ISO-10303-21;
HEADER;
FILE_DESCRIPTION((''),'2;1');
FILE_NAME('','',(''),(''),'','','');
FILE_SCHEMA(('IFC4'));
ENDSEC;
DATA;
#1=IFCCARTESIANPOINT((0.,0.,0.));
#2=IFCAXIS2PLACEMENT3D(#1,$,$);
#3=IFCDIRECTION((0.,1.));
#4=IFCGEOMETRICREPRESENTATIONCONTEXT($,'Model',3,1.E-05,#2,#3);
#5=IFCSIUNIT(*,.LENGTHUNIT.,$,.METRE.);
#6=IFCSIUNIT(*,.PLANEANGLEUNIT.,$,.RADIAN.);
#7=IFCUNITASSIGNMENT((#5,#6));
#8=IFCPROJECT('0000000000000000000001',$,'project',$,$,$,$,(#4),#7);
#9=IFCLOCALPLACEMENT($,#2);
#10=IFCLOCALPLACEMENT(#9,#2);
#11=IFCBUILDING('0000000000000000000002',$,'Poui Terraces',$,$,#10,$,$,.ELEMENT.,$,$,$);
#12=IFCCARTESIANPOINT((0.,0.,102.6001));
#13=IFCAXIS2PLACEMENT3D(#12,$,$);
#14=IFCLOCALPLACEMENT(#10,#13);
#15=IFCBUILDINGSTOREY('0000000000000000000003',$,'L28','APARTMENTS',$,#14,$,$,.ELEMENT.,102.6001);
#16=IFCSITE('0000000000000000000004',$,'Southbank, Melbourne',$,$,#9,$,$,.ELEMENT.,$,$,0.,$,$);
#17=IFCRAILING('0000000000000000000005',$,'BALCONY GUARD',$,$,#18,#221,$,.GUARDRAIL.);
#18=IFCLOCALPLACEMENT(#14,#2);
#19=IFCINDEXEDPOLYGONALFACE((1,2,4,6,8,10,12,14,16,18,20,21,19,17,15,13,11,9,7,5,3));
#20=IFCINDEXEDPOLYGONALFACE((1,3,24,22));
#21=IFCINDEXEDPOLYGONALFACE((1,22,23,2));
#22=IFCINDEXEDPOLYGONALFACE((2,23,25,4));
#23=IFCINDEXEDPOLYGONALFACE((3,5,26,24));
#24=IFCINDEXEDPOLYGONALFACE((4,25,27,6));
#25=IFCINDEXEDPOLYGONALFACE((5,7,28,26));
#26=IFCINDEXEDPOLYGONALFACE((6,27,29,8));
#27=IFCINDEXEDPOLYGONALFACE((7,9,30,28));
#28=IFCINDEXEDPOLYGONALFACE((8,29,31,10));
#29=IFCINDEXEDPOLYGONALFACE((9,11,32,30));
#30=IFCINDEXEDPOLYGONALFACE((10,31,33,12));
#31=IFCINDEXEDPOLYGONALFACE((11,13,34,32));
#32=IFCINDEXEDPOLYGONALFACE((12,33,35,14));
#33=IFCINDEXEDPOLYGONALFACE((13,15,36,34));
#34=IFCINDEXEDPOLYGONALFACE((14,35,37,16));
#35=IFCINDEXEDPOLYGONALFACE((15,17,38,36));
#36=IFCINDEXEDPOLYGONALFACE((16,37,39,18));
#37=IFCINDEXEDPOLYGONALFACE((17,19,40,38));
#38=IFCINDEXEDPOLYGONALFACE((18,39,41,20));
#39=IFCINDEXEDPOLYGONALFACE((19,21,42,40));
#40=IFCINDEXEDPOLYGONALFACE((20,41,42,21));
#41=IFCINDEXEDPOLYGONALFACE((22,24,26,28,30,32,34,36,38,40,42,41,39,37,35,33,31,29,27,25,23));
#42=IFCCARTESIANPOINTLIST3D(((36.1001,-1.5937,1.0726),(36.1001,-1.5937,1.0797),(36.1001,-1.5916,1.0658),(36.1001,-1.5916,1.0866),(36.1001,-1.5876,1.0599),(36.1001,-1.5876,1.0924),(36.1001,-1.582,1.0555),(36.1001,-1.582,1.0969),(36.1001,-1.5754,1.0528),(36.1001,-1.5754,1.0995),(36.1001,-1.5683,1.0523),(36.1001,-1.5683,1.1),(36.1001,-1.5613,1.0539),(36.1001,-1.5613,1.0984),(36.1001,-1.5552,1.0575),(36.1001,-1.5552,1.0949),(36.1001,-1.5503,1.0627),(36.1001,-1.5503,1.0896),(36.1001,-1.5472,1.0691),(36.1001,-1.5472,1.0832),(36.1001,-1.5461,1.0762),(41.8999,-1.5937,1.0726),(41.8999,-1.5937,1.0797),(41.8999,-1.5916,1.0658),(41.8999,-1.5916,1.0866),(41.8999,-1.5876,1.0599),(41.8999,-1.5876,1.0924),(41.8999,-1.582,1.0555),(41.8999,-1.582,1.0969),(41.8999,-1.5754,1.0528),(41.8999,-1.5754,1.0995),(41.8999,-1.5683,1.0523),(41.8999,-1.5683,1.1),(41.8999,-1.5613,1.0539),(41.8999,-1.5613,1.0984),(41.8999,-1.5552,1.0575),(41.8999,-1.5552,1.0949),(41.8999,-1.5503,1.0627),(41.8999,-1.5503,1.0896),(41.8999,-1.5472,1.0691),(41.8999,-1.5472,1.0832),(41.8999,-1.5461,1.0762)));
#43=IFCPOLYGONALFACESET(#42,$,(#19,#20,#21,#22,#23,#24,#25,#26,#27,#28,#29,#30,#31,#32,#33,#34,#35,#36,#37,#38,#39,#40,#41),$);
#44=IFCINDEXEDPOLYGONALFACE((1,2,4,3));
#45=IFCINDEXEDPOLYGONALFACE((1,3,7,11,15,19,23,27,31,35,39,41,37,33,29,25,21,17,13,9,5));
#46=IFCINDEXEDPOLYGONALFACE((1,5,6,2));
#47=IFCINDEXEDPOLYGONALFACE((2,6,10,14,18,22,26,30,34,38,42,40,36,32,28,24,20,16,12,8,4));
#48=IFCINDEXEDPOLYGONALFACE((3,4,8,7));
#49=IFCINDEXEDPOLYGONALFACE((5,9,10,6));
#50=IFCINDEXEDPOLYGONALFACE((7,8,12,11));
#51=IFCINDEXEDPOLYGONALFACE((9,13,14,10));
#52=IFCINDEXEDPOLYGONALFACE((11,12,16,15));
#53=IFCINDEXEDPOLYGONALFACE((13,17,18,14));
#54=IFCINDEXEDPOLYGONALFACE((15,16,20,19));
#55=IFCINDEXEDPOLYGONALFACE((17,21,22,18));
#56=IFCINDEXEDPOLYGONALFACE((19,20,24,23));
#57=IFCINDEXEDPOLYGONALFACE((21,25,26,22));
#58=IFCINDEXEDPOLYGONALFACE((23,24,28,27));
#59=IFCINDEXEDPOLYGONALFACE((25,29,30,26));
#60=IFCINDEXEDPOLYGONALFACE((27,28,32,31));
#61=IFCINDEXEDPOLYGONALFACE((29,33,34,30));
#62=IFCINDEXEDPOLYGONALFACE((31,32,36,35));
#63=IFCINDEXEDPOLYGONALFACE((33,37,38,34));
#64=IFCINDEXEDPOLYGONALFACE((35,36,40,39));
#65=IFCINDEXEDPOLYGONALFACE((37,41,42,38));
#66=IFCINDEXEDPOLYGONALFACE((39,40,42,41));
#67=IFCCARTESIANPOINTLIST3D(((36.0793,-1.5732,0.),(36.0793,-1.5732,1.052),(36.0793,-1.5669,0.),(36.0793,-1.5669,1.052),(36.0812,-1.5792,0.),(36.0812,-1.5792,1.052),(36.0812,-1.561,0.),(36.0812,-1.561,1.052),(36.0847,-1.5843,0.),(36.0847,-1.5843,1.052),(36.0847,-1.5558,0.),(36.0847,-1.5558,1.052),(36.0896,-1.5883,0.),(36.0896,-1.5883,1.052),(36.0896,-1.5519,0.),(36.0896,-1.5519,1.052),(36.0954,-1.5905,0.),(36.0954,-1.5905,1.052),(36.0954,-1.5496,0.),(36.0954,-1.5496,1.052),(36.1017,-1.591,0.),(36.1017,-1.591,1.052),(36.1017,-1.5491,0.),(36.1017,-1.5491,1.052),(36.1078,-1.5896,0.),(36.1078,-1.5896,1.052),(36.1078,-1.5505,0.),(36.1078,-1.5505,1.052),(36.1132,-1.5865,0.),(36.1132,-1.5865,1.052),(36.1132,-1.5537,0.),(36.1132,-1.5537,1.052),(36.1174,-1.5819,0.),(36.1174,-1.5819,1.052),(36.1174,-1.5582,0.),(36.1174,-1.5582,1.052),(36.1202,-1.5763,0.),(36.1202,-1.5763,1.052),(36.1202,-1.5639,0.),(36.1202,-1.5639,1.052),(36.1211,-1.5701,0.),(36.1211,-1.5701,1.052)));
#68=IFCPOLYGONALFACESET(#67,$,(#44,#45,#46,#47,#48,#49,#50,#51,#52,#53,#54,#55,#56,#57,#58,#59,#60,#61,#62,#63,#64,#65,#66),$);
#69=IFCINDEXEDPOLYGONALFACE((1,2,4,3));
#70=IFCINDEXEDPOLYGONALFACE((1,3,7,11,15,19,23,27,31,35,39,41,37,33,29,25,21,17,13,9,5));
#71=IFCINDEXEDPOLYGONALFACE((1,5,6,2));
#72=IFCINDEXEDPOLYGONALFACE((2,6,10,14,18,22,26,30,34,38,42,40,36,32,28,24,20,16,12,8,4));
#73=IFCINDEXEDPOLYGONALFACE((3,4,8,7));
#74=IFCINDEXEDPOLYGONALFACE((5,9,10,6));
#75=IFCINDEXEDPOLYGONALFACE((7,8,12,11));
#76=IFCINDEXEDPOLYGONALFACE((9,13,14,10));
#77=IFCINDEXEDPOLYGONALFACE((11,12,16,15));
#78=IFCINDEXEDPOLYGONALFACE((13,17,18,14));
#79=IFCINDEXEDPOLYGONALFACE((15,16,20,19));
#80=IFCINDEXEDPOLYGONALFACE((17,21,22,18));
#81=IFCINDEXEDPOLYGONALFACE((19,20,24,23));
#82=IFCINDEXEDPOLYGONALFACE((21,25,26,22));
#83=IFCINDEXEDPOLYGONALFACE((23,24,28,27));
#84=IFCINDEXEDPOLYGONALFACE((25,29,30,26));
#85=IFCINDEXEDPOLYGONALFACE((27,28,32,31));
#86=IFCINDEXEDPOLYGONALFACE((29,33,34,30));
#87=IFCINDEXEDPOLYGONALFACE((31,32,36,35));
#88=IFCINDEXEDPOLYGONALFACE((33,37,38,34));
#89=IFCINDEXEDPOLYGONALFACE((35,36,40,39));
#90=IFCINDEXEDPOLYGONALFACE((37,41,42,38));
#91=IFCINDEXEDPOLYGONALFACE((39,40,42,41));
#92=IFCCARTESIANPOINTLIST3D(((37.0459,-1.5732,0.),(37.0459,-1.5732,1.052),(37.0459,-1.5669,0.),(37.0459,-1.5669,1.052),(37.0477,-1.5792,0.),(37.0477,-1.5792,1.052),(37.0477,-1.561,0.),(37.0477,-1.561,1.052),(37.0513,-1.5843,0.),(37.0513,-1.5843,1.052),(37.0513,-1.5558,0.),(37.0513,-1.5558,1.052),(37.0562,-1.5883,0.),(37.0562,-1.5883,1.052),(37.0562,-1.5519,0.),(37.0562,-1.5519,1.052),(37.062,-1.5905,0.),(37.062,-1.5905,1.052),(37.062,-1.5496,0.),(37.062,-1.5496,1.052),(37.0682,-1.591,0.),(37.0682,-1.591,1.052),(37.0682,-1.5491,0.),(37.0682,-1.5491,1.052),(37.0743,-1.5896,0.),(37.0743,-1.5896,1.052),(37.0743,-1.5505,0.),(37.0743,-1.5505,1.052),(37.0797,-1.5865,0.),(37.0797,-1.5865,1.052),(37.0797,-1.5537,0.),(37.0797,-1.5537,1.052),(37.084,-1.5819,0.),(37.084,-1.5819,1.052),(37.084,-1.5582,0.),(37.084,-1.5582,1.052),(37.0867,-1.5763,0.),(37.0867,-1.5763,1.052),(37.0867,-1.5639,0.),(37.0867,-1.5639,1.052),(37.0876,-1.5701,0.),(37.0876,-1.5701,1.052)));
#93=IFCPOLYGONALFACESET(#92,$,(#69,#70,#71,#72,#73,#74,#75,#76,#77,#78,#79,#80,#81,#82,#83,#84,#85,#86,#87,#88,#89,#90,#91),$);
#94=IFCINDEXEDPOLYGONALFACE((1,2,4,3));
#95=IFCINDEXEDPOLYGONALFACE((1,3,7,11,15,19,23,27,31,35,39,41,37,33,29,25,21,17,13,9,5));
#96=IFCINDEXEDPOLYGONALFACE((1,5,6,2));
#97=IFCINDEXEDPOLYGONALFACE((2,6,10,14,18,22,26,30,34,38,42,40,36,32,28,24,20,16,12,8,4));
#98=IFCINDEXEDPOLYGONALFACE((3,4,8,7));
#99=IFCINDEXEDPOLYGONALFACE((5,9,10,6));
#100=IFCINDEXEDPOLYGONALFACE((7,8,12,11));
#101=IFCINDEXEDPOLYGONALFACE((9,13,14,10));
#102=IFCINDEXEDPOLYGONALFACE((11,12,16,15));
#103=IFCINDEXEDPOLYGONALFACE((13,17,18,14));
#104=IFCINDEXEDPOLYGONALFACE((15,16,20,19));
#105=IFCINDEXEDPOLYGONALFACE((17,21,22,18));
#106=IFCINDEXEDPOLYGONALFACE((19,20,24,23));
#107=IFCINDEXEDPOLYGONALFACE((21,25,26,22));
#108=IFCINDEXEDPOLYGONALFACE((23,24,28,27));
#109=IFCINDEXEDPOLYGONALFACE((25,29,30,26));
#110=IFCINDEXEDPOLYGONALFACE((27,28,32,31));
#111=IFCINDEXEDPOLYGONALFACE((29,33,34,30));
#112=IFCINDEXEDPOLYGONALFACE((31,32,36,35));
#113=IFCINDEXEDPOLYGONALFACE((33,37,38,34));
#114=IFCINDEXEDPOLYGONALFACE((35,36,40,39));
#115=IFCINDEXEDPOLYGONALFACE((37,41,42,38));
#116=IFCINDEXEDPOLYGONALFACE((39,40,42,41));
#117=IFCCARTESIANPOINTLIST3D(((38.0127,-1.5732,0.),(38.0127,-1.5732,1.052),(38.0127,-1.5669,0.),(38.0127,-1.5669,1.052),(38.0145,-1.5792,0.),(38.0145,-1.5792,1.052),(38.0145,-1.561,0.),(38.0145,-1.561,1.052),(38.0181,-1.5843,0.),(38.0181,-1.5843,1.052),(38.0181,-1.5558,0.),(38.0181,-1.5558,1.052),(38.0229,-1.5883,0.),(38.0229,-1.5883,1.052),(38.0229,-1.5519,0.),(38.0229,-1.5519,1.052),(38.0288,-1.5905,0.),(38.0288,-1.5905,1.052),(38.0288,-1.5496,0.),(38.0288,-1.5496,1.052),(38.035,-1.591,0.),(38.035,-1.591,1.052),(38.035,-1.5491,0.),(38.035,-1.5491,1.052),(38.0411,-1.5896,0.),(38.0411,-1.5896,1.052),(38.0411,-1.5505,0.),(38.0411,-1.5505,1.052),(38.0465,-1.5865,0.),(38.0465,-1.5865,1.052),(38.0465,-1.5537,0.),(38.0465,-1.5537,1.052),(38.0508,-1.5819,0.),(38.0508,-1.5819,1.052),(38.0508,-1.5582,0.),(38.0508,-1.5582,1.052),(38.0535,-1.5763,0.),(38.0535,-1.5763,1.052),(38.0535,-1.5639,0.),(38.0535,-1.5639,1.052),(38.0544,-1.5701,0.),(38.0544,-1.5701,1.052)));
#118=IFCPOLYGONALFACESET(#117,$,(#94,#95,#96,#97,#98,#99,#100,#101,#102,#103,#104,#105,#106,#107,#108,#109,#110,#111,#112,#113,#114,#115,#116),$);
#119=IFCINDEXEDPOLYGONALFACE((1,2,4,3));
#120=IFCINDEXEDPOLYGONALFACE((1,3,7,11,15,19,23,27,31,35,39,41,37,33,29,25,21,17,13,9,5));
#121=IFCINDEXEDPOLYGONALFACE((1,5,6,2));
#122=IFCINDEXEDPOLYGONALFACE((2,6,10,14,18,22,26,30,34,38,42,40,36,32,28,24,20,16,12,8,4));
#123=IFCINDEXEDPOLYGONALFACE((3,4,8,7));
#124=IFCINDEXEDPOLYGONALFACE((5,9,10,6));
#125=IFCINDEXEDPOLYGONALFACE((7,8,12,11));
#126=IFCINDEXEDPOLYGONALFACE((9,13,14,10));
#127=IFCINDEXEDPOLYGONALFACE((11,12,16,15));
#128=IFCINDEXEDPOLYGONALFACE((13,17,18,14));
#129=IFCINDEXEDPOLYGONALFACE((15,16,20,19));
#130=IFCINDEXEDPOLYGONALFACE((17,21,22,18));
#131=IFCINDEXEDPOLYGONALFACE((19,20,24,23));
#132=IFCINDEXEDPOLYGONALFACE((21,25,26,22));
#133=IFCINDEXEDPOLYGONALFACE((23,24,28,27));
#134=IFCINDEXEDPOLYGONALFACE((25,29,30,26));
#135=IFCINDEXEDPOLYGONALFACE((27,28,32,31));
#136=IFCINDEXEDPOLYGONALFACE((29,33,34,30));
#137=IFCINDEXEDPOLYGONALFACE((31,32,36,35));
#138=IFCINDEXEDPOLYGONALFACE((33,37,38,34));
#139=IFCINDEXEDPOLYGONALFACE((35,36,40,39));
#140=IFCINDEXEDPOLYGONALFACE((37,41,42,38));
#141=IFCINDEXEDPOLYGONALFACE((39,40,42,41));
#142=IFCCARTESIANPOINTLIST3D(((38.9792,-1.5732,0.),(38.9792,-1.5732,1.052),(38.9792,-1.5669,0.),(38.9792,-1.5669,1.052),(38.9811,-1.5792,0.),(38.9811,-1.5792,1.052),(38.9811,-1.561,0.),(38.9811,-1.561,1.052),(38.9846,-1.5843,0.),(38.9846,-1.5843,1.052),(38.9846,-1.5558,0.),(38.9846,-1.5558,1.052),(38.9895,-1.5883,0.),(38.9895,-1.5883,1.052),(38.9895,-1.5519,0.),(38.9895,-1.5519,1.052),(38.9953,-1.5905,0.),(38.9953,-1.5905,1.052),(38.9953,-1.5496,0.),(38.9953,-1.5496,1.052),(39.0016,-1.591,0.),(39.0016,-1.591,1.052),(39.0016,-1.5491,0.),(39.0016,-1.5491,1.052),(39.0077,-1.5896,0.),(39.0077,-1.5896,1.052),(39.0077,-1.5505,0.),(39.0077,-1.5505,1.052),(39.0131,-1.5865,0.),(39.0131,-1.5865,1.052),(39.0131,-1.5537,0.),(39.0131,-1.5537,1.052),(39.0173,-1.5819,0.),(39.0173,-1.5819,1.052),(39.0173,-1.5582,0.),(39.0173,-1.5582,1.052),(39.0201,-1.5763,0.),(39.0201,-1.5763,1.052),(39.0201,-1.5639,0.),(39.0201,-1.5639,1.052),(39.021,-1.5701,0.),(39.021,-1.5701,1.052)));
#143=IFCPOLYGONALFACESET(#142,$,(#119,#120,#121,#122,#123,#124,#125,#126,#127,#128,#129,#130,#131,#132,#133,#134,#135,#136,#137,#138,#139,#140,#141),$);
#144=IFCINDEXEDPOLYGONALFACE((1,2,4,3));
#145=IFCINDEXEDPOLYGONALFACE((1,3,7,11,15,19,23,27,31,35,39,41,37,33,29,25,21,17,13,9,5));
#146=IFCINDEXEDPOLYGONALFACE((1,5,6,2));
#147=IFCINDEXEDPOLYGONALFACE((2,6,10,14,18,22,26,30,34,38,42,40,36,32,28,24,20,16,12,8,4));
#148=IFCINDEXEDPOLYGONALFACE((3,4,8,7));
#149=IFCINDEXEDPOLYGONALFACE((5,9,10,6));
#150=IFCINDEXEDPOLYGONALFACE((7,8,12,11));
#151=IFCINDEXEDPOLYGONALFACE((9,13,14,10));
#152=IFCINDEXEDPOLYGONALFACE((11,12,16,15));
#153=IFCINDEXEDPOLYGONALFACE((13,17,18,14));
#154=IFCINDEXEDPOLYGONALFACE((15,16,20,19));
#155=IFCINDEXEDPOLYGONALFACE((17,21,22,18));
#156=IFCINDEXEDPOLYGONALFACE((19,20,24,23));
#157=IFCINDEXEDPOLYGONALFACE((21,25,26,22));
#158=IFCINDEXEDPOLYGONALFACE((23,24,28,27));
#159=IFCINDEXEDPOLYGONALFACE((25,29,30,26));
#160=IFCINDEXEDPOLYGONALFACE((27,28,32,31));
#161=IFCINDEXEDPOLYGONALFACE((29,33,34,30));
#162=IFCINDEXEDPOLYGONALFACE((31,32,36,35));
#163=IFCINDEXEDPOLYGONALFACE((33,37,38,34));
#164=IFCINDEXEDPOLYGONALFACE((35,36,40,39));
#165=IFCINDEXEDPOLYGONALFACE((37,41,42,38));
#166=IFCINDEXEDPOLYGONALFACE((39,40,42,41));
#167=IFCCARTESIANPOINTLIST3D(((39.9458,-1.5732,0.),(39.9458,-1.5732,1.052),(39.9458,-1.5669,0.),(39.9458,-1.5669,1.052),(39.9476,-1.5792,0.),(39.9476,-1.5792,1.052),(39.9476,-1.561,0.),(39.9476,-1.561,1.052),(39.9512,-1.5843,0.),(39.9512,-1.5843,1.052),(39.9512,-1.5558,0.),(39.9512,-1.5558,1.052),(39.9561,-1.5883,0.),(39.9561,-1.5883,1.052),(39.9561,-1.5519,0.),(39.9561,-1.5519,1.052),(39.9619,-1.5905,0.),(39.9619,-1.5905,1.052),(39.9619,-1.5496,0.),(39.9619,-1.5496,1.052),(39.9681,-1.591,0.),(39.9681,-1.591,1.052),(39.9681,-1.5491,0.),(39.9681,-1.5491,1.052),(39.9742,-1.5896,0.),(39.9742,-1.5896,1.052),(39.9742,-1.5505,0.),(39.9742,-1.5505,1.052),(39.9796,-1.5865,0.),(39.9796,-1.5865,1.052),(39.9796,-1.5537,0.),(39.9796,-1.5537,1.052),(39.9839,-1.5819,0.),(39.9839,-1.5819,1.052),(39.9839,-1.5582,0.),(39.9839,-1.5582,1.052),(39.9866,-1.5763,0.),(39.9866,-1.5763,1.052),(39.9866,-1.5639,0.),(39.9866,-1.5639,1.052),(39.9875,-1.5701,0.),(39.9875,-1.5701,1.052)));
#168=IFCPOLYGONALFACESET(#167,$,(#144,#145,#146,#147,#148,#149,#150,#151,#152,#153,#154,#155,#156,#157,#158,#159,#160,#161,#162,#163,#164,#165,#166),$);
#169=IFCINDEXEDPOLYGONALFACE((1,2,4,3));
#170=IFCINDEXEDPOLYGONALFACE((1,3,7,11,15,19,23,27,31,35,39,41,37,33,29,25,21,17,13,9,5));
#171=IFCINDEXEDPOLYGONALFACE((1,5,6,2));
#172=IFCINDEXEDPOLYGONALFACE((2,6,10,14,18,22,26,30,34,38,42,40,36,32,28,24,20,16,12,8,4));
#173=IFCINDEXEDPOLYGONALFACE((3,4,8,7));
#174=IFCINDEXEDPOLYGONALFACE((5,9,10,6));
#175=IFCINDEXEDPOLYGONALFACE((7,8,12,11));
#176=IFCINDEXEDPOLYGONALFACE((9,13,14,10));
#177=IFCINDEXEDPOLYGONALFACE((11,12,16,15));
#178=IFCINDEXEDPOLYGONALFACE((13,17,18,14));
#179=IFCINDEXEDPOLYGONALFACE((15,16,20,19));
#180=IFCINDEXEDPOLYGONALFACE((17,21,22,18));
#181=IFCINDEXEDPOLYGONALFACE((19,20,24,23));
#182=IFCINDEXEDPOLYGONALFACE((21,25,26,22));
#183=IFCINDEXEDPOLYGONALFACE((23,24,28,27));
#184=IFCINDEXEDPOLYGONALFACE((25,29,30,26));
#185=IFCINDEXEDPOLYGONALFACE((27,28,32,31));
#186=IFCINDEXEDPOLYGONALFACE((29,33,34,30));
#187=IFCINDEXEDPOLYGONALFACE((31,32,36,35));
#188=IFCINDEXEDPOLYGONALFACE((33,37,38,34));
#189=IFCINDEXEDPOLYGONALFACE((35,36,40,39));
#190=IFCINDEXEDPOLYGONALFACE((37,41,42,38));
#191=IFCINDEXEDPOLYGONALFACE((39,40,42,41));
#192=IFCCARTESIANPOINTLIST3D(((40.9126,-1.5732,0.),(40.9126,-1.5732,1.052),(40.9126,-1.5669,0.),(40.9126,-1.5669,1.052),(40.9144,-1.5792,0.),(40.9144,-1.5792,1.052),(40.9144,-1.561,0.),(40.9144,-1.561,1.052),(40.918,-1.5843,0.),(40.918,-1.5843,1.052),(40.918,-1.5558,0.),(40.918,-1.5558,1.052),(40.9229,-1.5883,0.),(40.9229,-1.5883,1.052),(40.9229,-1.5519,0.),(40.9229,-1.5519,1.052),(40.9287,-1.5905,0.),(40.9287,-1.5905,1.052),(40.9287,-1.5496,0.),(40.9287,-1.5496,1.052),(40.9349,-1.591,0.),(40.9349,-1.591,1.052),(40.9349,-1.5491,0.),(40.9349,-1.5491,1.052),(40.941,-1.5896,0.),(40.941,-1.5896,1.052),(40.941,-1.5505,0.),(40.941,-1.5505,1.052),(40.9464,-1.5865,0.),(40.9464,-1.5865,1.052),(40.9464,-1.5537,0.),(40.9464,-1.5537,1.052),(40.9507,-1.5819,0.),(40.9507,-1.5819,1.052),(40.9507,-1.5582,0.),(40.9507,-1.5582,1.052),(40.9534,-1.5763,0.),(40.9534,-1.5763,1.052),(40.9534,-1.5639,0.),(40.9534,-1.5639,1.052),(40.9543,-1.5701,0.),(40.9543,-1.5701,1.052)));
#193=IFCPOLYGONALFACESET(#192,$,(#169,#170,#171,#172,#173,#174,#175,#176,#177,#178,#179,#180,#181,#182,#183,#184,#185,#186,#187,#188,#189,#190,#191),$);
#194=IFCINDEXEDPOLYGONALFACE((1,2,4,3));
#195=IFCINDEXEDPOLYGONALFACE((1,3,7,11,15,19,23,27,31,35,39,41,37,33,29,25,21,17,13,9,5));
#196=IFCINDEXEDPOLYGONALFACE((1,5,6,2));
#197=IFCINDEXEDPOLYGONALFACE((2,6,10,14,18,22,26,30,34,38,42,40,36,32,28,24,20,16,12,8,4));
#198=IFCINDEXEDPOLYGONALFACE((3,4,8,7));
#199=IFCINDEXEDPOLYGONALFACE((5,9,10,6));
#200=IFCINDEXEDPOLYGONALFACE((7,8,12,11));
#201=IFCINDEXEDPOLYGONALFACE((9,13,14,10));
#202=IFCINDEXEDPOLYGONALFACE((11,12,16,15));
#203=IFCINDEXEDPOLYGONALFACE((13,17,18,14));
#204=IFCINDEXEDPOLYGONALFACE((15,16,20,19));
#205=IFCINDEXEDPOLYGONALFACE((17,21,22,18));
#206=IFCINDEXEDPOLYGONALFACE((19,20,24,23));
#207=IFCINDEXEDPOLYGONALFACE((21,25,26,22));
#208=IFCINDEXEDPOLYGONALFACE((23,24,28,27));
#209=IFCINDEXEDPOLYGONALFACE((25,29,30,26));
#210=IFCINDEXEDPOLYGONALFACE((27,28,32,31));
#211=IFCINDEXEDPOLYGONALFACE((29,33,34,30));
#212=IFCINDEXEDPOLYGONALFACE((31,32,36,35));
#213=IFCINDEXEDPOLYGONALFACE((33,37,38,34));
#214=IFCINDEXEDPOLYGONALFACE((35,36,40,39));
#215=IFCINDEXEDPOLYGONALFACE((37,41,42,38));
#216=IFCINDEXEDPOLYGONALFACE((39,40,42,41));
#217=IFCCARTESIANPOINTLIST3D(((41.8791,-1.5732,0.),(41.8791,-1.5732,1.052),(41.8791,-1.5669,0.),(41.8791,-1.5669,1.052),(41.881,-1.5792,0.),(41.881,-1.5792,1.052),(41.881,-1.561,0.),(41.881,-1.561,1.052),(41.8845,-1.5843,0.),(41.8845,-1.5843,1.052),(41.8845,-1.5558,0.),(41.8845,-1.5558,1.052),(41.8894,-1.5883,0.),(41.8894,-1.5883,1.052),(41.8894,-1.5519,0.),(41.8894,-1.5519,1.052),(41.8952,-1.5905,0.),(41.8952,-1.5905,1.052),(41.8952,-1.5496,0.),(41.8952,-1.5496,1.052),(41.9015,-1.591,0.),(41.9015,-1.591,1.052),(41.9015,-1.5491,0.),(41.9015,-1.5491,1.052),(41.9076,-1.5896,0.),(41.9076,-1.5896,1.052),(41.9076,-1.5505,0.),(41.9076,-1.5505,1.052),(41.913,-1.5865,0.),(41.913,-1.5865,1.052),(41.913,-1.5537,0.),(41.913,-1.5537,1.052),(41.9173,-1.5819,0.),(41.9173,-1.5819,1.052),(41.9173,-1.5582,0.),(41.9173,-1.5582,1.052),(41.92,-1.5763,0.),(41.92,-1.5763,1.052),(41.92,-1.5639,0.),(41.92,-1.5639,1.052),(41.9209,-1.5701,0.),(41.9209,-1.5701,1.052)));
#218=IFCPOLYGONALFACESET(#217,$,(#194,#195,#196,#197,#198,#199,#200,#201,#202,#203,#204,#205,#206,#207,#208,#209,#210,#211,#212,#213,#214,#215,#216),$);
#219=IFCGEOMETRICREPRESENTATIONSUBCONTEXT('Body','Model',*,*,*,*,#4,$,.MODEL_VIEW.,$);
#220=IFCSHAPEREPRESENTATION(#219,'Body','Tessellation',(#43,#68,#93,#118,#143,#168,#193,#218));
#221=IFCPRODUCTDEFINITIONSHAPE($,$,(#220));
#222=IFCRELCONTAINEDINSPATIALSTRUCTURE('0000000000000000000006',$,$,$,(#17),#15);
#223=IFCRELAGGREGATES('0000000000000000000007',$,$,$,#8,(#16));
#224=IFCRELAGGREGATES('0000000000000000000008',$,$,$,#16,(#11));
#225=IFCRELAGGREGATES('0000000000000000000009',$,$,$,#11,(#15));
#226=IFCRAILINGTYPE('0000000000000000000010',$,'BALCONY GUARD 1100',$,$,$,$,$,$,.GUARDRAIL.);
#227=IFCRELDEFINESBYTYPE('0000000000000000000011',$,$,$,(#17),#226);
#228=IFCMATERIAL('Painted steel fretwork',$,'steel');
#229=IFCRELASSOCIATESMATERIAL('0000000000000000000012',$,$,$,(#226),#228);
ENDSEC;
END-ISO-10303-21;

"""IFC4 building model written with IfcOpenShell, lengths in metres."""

from ifc_helpers import new_model, si_unit, direction, frame, origin, origin_2d, place, context, subcontext, project, spatial, circle, extrude, material, type_object, element, save


model = new_model("IFC4")

# Units and contexts
model_context = context("Model", 3, precision=1e-05, world=origin(), true_north=direction((0.0, 1.0)))
body_context = subcontext(model_context, "Body", "Model", "MODEL_VIEW")
ifc_project = project(units=[si_unit("LENGTHUNIT", "METRE"), si_unit("PLANEANGLEUNIT", "RADIAN")], contexts=[model_context])

# Site, building, storey
site_placement = place(None, origin())
site = spatial("IfcSite", under=ifc_project, at=site_placement, Name="Southbank, Melbourne", CompositionType="ELEMENT", RefElevation=0.0)
building_placement = place(site_placement, origin())
building = spatial("IfcBuilding", under=site, at=building_placement, Name="Poui Terraces", CompositionType="ELEMENT")
storey_placement = place(building_placement, frame((0.0, 0.0, 102.6001)))
storey = spatial("IfcBuildingStorey", under=building, at=storey_placement, Name="L28", Description="APARTMENTS", CompositionType="ELEMENT", Elevation=102.6001)

# Railing
ifc_material_1 = material(Name="Painted steel fretwork", Category="steel")
railing_type = type_object("IfcRailingType", Name="BALCONY GUARD 1100", PredefinedType="GUARDRAIL", material=ifc_material_1)
railing_placement = place(storey_placement, frame((36.1001, -1.5701, 0.0)))
element("IfcRailing", 1, at=railing_placement, inside=storey, type_object=railing_type, Name="BALCONY GUARD", PredefinedType="GUARDRAIL", context=body_context, shape_type="SweptSolid", body=[
    extrude(circle(Radius=0.0239, at=origin_2d()), frame((0.0, 0.0, 1.0762), z_axis=(1.0, 0.0, 0.0), x_axis=(0.0, 1.0, 0.0)), (0.0, 0.0, 1.0), 5.7998),
    extrude(circle(Radius=0.021, at=origin_2d()), origin(), (0.0, 0.0, 1.0), 1.052),
    extrude(circle(Radius=0.021, at=origin_2d()), frame((0.9666, 0.0, 0.0)), (0.0, 0.0, 1.0), 1.052),
    extrude(circle(Radius=0.021, at=origin_2d()), frame((1.9333, 0.0, 0.0)), (0.0, 0.0, 1.0), 1.052),
    extrude(circle(Radius=0.021, at=origin_2d()), frame((2.8999, 0.0, 0.0)), (0.0, 0.0, 1.0), 1.052),
    extrude(circle(Radius=0.021, at=origin_2d()), frame((3.8665, 0.0, 0.0)), (0.0, 0.0, 1.0), 1.052),
    extrude(circle(Radius=0.021, at=origin_2d()), frame((4.8333, 0.0, 0.0)), (0.0, 0.0, 1.0), 1.052),
    extrude(circle(Radius=0.021, at=origin_2d()), frame((5.7998, 0.0, 0.0)), (0.0, 0.0, 1.0), 1.052),
])

save(model, "model.ifc")
